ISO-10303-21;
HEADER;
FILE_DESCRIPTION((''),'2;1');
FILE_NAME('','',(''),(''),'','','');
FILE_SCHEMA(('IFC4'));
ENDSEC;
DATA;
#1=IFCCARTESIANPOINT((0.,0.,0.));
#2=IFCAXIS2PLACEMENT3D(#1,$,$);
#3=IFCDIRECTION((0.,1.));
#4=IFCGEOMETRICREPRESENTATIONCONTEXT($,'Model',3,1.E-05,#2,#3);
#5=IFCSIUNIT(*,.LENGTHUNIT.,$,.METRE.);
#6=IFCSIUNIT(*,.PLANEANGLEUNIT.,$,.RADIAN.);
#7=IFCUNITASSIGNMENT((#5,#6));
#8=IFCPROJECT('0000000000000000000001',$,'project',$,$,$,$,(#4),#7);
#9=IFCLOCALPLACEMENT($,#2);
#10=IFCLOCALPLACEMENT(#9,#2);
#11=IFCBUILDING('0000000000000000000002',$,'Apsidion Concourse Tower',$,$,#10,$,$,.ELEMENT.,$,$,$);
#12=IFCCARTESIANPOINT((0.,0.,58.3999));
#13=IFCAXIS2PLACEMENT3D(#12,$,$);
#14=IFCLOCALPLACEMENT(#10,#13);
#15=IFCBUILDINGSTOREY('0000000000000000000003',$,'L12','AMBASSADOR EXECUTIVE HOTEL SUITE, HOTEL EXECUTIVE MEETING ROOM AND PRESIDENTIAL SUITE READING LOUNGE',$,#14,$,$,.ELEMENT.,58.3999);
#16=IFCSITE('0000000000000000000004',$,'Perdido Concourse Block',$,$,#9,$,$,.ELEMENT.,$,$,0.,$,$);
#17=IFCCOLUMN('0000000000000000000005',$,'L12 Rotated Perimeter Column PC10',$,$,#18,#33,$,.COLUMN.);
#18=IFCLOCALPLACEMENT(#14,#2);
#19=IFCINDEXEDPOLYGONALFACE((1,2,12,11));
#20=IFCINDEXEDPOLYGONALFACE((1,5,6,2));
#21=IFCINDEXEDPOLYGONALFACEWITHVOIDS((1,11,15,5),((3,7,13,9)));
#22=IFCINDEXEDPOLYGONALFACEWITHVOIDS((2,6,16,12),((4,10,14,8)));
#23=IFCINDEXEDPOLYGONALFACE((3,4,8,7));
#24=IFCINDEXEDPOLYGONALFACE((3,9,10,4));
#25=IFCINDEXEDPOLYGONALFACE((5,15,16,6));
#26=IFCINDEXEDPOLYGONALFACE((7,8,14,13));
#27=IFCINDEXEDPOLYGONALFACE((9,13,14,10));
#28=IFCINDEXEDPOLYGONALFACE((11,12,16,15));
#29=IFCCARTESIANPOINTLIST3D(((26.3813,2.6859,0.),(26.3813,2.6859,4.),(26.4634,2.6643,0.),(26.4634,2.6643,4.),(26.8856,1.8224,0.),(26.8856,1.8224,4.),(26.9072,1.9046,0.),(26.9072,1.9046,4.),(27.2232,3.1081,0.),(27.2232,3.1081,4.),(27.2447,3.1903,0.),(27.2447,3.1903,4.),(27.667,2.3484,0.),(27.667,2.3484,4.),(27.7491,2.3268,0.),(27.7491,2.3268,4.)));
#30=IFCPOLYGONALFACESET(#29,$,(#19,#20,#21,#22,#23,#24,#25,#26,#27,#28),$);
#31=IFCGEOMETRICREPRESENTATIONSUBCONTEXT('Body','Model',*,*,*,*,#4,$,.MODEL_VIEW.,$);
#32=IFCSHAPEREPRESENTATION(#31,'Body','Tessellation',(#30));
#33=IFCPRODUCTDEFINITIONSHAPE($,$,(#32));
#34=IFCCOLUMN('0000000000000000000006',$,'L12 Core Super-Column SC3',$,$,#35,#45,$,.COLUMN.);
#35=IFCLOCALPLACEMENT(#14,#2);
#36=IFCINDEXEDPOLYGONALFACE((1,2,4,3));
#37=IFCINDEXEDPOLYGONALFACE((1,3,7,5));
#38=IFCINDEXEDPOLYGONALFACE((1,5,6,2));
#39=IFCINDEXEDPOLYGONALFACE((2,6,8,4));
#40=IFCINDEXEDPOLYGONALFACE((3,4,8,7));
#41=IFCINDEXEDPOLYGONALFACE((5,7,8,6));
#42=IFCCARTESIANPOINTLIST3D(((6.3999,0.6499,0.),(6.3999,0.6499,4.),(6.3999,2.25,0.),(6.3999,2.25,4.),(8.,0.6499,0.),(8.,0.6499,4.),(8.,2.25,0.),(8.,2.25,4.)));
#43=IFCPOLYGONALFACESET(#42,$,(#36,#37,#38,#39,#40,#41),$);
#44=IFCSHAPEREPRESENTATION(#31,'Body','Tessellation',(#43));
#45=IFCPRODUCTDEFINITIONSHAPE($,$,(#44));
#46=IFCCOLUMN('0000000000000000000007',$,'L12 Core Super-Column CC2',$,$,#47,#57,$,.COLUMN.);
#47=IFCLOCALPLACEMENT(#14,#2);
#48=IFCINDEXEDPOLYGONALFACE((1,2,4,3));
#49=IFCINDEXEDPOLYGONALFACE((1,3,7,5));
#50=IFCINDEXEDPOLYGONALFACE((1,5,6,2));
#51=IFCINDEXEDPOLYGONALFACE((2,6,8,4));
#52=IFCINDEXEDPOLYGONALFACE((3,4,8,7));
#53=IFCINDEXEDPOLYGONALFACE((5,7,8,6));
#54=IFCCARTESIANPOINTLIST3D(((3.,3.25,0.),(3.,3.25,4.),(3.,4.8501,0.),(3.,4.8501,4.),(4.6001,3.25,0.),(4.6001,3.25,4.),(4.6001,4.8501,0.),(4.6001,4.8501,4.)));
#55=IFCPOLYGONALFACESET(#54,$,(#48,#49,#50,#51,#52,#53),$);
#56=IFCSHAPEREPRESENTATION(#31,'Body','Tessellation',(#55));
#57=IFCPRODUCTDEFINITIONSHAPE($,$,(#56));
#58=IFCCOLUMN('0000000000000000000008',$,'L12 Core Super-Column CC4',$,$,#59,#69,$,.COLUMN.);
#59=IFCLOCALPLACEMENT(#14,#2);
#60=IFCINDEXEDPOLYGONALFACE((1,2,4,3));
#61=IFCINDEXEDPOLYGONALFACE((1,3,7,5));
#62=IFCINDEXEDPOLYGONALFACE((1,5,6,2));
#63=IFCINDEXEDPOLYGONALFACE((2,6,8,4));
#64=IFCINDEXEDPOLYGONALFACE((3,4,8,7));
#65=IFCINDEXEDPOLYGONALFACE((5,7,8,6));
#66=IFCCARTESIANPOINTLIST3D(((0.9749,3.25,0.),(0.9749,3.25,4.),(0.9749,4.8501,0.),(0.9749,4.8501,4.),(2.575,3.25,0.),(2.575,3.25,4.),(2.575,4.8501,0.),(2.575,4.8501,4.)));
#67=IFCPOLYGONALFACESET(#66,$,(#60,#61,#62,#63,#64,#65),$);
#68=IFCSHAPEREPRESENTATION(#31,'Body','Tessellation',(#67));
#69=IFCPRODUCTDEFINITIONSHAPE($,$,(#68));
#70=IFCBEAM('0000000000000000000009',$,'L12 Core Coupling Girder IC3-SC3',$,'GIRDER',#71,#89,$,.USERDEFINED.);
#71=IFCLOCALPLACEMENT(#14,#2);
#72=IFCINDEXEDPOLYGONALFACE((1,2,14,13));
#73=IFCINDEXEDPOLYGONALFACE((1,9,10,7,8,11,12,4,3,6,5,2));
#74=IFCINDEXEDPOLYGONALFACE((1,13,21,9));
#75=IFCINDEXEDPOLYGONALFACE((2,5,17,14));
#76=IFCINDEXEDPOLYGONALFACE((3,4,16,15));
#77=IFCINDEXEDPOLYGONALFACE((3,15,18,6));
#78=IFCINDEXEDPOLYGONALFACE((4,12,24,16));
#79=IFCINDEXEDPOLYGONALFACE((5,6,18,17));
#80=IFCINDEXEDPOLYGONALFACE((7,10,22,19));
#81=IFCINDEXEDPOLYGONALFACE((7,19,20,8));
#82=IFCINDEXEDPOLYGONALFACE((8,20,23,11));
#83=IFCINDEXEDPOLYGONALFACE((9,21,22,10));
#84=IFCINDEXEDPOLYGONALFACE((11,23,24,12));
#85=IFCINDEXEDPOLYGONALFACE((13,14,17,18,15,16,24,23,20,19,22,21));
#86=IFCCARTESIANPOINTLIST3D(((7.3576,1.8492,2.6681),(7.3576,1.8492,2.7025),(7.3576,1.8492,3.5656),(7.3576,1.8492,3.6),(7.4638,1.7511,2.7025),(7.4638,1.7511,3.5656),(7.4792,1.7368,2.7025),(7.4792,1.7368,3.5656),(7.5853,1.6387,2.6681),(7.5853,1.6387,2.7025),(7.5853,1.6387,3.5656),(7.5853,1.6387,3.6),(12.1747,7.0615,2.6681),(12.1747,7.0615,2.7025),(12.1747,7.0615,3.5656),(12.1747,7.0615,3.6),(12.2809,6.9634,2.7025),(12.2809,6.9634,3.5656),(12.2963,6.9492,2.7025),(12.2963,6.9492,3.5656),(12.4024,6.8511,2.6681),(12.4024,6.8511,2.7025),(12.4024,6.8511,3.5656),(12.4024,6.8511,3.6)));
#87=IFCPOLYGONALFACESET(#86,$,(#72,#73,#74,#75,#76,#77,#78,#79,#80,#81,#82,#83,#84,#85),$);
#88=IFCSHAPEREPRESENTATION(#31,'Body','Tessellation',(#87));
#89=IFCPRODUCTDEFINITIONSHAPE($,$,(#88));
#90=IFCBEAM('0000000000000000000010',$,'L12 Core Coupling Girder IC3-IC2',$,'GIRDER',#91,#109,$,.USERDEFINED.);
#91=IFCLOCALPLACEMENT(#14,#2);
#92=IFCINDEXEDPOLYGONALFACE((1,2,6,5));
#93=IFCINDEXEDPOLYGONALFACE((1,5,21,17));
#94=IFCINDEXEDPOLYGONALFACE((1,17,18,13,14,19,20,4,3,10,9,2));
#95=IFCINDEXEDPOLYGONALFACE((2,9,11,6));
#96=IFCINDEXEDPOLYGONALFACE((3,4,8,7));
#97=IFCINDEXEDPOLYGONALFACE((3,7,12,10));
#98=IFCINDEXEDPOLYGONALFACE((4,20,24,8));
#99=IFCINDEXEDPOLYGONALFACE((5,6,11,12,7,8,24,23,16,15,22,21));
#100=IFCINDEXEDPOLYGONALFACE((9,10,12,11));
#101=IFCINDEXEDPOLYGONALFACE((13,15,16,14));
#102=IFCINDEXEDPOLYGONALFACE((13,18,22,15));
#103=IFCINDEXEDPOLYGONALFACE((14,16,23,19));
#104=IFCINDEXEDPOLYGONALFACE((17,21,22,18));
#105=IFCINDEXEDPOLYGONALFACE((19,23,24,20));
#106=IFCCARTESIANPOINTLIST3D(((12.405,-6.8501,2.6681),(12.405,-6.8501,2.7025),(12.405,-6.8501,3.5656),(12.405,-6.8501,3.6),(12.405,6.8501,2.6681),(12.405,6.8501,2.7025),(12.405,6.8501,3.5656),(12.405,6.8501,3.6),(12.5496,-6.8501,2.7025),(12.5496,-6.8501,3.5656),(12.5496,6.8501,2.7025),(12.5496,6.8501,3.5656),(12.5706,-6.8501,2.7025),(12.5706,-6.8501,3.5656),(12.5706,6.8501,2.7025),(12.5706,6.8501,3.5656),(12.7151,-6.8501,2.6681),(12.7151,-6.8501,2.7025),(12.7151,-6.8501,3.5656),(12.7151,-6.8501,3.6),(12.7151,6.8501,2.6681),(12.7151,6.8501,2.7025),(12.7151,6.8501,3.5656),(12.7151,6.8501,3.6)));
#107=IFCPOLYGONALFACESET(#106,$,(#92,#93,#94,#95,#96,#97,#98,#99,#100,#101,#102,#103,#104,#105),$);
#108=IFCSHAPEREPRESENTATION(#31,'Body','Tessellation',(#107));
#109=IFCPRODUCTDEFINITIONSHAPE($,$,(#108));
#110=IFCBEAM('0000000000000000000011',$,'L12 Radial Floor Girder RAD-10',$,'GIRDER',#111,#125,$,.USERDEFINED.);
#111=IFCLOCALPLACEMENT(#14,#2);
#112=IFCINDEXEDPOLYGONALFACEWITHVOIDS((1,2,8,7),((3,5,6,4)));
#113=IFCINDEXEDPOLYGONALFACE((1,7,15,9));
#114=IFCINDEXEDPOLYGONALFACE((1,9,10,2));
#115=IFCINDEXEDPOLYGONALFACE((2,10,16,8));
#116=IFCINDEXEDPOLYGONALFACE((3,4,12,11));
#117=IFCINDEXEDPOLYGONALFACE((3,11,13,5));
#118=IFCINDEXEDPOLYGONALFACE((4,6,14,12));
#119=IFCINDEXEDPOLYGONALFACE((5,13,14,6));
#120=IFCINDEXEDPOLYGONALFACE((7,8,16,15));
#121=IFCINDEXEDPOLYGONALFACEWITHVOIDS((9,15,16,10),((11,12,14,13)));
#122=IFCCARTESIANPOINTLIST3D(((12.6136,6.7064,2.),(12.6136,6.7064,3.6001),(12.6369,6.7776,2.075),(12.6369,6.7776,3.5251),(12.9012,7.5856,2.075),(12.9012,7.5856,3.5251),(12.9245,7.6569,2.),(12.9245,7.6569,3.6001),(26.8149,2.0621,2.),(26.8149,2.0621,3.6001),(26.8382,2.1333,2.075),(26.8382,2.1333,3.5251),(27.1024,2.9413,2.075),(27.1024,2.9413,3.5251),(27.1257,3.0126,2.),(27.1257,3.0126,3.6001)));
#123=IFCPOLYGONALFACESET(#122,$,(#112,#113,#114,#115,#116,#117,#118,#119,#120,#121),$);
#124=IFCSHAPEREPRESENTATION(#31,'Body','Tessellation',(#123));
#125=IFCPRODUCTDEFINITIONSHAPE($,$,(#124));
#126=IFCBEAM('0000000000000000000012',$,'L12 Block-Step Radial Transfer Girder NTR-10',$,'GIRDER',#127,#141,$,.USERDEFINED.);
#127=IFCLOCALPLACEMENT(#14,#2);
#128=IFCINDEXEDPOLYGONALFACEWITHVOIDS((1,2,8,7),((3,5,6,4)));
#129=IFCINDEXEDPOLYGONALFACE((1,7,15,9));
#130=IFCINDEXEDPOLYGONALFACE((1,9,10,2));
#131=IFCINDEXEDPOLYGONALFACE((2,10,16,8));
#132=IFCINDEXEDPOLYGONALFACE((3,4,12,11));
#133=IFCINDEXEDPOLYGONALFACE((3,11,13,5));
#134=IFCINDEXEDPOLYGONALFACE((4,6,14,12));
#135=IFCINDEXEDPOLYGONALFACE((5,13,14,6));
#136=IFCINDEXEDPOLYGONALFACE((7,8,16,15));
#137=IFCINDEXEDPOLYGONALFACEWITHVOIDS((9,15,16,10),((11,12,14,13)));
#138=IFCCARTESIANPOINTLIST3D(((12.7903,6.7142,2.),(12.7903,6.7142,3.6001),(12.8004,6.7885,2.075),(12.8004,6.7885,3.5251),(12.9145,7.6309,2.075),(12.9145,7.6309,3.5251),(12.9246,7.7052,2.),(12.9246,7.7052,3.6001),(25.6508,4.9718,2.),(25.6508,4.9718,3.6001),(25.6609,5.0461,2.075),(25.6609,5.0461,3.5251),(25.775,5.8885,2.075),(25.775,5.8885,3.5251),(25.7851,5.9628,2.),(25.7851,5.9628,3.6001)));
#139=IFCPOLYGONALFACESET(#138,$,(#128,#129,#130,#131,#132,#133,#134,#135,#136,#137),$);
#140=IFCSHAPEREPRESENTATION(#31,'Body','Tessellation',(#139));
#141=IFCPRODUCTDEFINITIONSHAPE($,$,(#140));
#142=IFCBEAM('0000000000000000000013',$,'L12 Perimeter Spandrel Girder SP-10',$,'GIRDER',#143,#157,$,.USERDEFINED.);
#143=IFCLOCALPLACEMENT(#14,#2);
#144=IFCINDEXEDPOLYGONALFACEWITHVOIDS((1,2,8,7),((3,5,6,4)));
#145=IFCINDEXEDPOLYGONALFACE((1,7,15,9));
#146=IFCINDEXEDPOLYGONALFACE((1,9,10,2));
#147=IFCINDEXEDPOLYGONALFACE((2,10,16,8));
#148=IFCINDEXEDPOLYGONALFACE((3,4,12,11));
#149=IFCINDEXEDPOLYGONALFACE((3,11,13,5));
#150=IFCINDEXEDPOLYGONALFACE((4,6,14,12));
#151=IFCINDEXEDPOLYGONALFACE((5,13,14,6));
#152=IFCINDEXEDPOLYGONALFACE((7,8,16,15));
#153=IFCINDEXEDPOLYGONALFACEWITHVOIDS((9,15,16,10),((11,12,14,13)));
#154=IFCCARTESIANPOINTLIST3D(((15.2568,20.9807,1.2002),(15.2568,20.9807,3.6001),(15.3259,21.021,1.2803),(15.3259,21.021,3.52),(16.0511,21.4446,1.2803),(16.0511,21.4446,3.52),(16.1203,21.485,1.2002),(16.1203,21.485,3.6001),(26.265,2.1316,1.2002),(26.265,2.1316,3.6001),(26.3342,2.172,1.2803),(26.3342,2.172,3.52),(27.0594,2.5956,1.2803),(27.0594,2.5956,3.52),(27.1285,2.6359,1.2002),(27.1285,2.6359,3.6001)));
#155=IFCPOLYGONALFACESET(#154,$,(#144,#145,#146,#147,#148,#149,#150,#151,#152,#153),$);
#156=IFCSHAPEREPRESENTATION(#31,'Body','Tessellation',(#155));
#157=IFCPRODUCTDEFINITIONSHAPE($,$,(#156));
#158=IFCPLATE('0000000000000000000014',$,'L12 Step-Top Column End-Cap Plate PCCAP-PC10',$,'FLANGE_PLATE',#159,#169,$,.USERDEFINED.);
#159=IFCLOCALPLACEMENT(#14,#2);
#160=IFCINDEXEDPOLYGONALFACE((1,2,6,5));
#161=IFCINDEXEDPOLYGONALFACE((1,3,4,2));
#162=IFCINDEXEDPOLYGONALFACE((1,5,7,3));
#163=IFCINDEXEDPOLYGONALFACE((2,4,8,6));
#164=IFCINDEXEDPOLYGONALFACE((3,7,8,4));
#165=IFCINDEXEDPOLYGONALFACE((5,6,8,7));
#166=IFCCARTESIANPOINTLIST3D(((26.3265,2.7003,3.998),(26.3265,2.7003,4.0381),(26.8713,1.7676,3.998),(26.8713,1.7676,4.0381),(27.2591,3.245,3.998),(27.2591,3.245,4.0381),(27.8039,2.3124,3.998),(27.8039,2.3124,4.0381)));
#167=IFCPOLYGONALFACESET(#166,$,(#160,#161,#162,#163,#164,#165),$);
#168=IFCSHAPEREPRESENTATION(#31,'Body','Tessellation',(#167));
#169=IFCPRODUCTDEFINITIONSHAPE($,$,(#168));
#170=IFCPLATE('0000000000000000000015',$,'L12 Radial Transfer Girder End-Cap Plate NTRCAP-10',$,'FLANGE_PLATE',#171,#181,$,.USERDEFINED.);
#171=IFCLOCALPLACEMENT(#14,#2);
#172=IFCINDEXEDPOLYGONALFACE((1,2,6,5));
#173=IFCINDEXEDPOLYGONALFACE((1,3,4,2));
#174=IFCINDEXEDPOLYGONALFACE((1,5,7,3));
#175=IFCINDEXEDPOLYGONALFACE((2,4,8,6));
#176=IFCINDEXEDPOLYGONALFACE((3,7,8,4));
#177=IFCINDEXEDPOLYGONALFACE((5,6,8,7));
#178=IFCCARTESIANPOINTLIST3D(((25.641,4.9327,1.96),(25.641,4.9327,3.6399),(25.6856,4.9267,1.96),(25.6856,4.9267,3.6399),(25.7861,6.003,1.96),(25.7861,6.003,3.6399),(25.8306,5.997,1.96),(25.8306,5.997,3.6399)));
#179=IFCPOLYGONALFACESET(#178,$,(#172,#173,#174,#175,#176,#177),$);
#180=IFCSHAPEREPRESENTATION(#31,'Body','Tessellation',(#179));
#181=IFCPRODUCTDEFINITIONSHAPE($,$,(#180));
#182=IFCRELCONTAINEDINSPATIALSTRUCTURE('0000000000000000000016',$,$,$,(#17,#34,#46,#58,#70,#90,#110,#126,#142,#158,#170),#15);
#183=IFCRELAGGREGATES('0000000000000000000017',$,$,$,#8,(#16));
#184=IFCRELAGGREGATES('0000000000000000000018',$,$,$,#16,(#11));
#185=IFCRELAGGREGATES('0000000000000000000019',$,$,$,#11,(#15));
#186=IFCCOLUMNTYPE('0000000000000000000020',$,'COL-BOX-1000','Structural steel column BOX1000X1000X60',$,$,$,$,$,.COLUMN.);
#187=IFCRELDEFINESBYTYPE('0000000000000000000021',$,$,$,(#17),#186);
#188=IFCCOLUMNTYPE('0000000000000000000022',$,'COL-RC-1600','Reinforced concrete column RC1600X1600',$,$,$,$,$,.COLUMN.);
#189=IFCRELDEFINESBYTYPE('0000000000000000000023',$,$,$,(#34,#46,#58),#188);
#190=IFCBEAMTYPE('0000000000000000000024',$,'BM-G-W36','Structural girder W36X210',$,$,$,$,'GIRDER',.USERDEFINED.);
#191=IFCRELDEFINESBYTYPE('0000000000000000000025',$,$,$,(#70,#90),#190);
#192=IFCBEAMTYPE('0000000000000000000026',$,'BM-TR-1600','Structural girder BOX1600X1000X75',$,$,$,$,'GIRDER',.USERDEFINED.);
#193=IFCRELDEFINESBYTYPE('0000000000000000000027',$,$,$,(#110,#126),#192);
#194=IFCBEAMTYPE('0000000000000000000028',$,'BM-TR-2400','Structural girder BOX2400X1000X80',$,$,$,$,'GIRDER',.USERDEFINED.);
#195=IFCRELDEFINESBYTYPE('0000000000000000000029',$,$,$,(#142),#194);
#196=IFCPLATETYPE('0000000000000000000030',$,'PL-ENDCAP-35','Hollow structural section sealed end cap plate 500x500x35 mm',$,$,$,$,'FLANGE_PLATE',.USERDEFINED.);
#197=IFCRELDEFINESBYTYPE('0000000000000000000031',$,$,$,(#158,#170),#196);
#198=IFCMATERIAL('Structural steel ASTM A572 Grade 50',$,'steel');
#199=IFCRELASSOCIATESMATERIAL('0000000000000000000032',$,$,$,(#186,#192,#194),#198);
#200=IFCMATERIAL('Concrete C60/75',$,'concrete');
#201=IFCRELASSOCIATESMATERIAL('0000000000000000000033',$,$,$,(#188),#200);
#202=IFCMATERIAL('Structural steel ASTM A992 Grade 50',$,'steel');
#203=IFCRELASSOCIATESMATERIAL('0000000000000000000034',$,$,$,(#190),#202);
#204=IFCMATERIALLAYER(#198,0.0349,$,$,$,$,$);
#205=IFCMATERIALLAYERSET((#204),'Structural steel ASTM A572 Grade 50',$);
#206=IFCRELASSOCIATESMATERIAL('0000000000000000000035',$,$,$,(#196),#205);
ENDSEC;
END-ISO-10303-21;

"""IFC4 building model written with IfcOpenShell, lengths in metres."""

from ifc_helpers import new_model, si_unit, direction, frame, origin, origin_2d, place, context, subcontext, project, spatial, rectangle, hollow_rectangle, i_section, extrude, material, layer, layer_set, material_profile, profile_set, type_object, element, save


model = new_model("IFC4")

# Units and contexts
model_context = context("Model", 3, precision=1e-05, world=origin(), true_north=direction((0.0, 1.0)))
body_context = subcontext(model_context, "Body", "Model", "MODEL_VIEW")
ifc_project = project(units=[si_unit("LENGTHUNIT", "METRE"), si_unit("PLANEANGLEUNIT", "RADIAN")], contexts=[model_context])

# Site, building, storey
site_placement = place(None, origin())
site = spatial("IfcSite", under=ifc_project, at=site_placement, Name="Perdido Concourse Block", CompositionType="ELEMENT", RefElevation=0.0)
building_placement = place(site_placement, origin())
building = spatial("IfcBuilding", under=site, at=building_placement, Name="Apsidion Concourse Tower", CompositionType="ELEMENT")
storey_placement = place(building_placement, frame((0.0, 0.0, 58.3999)))
storey = spatial("IfcBuildingStorey", under=building, at=storey_placement, Name="L12", Description="AMBASSADOR EXECUTIVE HOTEL SUITE, HOTEL EXECUTIVE MEETING ROOM AND PRESIDENTIAL SUITE READING LOUNGE", CompositionType="ELEMENT", Elevation=58.3999)

# Columns
ifc_material_1 = material(Name="Structural steel ASTM A572 Grade 50", Category="steel")
ifc_material_profile_1 = material_profile(ifc_material_1, hollow_rectangle(XDim=1.0, YDim=1.0, WallThickness=0.0601, at=origin_2d()), Name="BOX1000X1000X60")
ifc_profile_set_1 = profile_set([ifc_material_profile_1], Name="Structural steel ASTM A572 Grade 50")
column_type_1 = type_object("IfcColumnType", Name="COL-BOX-1000", Description="Structural steel column BOX1000X1000X60", PredefinedType="COLUMN", material=ifc_profile_set_1)
column_placement = place(storey_placement, frame((27.0652, 2.5063, 0.0), z_axis=(0.0, 0.0, 1.0), x_axis=(-0.504377, 0.863484, 0.0)))
element("IfcColumn", 1, at=column_placement, inside=storey, type_object=column_type_1, Name="L12 Rotated Perimeter Column PC10", PredefinedType="COLUMN", context=body_context, shape_type="SweptSolid", body=[
    extrude(hollow_rectangle(XDim=1.0, YDim=1.0, WallThickness=0.0601, at=origin_2d()), origin(), (0.0, 0.0, 1.0), 4.0),
])
ifc_material_2 = material(Name="Concrete C60/75", Category="concrete")
ifc_material_profile_2 = material_profile(ifc_material_2, rectangle(XDim=1.6001, YDim=1.6001, at=origin_2d()), Name="RC 1600x1600")
ifc_profile_set_2 = profile_set([ifc_material_profile_2], Name="Concrete C60/75")
column_type_2 = type_object("IfcColumnType", Name="COL-RC-1600", Description="Reinforced concrete column RC1600X1600", PredefinedType="COLUMN", material=ifc_profile_set_2)
for number, where, z_axis, x_axis, name in (
    (2, (7.2, 1.45, 0.0), (0.0, 0.0, 1.0), (1.0, 0.0, 0.0), "L12 Core Super-Column SC3"),
    (3, (3.8, 4.05, 0.0), (0.0, 0.0, 1.0), (1.0, 0.0, 0.0), "L12 Core Super-Column CC2"),
    (4, (1.7749, 4.05, 0.0), (0.0, 0.0, 1.0), (1.0, 0.0, 0.0), "L12 Core Super-Column CC4"),
):
    element("IfcColumn", number, at=place(storey_placement, frame(where, z_axis=z_axis, x_axis=x_axis)), inside=storey, type_object=column_type_2, Name=name, PredefinedType="COLUMN", context=body_context, shape_type="SweptSolid", body=[
        extrude(rectangle(XDim=1.6001, YDim=1.6001, at=origin_2d()), origin(), (0.0, 0.0, 1.0), 4.0),
    ])

# Beams
ifc_material_3 = material(Name="Structural steel ASTM A992 Grade 50", Category="steel")
ifc_material_profile_3 = material_profile(ifc_material_3, i_section(OverallWidth=0.3101, OverallDepth=0.9319, WebThickness=0.021, FlangeThickness=0.0344, at=origin_2d()), Name="W36X210")
ifc_profile_set_3 = profile_set([ifc_material_profile_3], Name="Structural steel ASTM A992 Grade 50")
beam_type_1 = type_object("IfcBeamType", Name="BM-G-W36", Description="Structural girder W36X210", ElementType="GIRDER", PredefinedType="USERDEFINED", material=ifc_profile_set_3)
beam_1_placement = place(storey_placement, frame((12.2886, 6.9563, 3.134), z_axis=(-0.678713, -0.734404, 0.0), x_axis=(0.734404, -0.678713, 0.0)))
element("IfcBeam", 5, at=beam_1_placement, inside=storey, type_object=beam_type_1, Name="L12 Core Coupling Girder IC3-SC3", ObjectType="GIRDER", PredefinedType="USERDEFINED", context=body_context, shape_type="SweptSolid", body=[
    extrude(i_section(OverallWidth=0.3101, OverallDepth=0.9319, WebThickness=0.021, FlangeThickness=0.0344, at=origin_2d()), origin(), (0.0, 0.0, 1.0), 7.0974),
])
beam_2_placement = place(storey_placement, frame((12.5601, 6.8501, 3.134), z_axis=(0.0, -1.0, 0.0), x_axis=(1.0, 0.0, 0.0)))
element("IfcBeam", 6, at=beam_2_placement, inside=storey, type_object=beam_type_1, Name="L12 Core Coupling Girder IC3-IC2", ObjectType="GIRDER", PredefinedType="USERDEFINED", context=body_context, shape_type="SweptSolid", body=[
    extrude(i_section(OverallWidth=0.3101, OverallDepth=0.9319, WebThickness=0.021, FlangeThickness=0.0344, at=origin_2d()), origin(), (0.0, 0.0, 1.0), 13.7002),
])
ifc_material_profile_4 = material_profile(ifc_material_1, hollow_rectangle(XDim=1.0, YDim=1.6001, WallThickness=0.075, at=origin_2d()), Name="BOX1600X1000X75")
ifc_profile_set_4 = profile_set([ifc_material_profile_4], Name="Structural steel ASTM A572 Grade 50")
beam_type_2 = type_object("IfcBeamType", Name="BM-TR-1600", Description="Structural girder BOX1600X1000X75", ElementType="GIRDER", PredefinedType="USERDEFINED", material=ifc_profile_set_4)
beam_3_placement = place(storey_placement, frame((12.769, 7.1816, 2.8), z_axis=(0.950464, -0.310835, 0.0), x_axis=(0.310835, 0.950464, 0.0)))
element("IfcBeam", 7, at=beam_3_placement, inside=storey, type_object=beam_type_2, Name="L12 Radial Floor Girder RAD-10", ObjectType="GIRDER", PredefinedType="USERDEFINED", context=body_context, shape_type="SweptSolid", body=[
    extrude(hollow_rectangle(XDim=1.0, YDim=1.6001, WallThickness=0.075, at=origin_2d()), origin(), (0.0, 0.0, 1.0), 14.9414),
])
beam_4_placement = place(storey_placement, frame((12.8574, 7.2097, 2.8), z_axis=(0.990946, -0.134259, 0.0), x_axis=(0.134259, 0.990946, 0.0)))
element("IfcBeam", 8, at=beam_4_placement, inside=storey, type_object=beam_type_2, Name="L12 Block-Step Radial Transfer Girder NTR-10", ObjectType="GIRDER", PredefinedType="USERDEFINED", context=body_context, shape_type="SweptSolid", body=[
    extrude(hollow_rectangle(XDim=1.0, YDim=1.6001, WallThickness=0.075, at=origin_2d()), origin(), (0.0, 0.0, 1.0), 12.978),
])
ifc_material_profile_5 = material_profile(ifc_material_1, hollow_rectangle(XDim=1.0, YDim=2.3999, WallThickness=0.0801, at=origin_2d()), Name="BOX2400X1000X80")
ifc_profile_set_5 = profile_set([ifc_material_profile_5], Name="Structural steel ASTM A572 Grade 50")
beam_type_3 = type_object("IfcBeamType", Name="BM-TR-2400", Description="Structural girder BOX2400X1000X80", ElementType="GIRDER", PredefinedType="USERDEFINED", material=ifc_profile_set_5)
beam_5_placement = place(storey_placement, frame((26.6968, 2.3838, 2.4001), z_axis=(-0.504315, 0.86352, 0.0), x_axis=(-0.86352, -0.504315, 0.0)))
element("IfcBeam", 9, at=beam_5_placement, inside=storey, type_object=beam_type_3, Name="L12 Perimeter Spandrel Girder SP-10", ObjectType="GIRDER", PredefinedType="USERDEFINED", context=body_context, shape_type="SweptSolid", body=[
    extrude(hollow_rectangle(XDim=1.0, YDim=2.3999, WallThickness=0.0801, at=origin_2d()), origin(), (0.0, 0.0, 1.0), 21.8281),
])

# Plates
ifc_layer_1 = layer(ifc_material_1, 0.0349)
ifc_layer_set_1 = layer_set([ifc_layer_1], Name="Structural steel ASTM A572 Grade 50")
plate_type = type_object("IfcPlateType", Name="PL-ENDCAP-35", Description="Hollow structural section sealed end cap plate 500x500x35 mm", ElementType="FLANGE_PLATE", PredefinedType="USERDEFINED", material=ifc_layer_set_1)
plate_1_placement = place(storey_placement, frame((27.0652, 2.5063, 3.998), z_axis=(0.0, 0.0, 1.0), x_axis=(-0.504377, 0.863484, 0.0)))
element("IfcPlate", 10, at=plate_1_placement, inside=storey, type_object=plate_type, Name="L12 Step-Top Column End-Cap Plate PCCAP-PC10", ObjectType="FLANGE_PLATE", PredefinedType="USERDEFINED", context=body_context, shape_type="SweptSolid", body=[
    extrude(rectangle(XDim=1.0801, YDim=1.0801, at=origin_2d()), origin(), (0.0, 0.0, 1.0), 0.04),
])
plate_2_placement = place(storey_placement, frame((25.7358, 5.4648, 1.96), z_axis=(0.0, 0.0, 1.0), x_axis=(0.990936, -0.134332, 0.0)))
element("IfcPlate", 11, at=plate_2_placement, inside=storey, type_object=plate_type, Name="L12 Radial Transfer Girder End-Cap Plate NTRCAP-10", ObjectType="FLANGE_PLATE", PredefinedType="USERDEFINED", context=body_context, shape_type="SweptSolid", body=[
    extrude(rectangle(XDim=0.0449, YDim=1.0801, at=origin_2d()), origin(), (0.0, 0.0, 1.0), 1.6799),
])

save(model, "model.ifc")
